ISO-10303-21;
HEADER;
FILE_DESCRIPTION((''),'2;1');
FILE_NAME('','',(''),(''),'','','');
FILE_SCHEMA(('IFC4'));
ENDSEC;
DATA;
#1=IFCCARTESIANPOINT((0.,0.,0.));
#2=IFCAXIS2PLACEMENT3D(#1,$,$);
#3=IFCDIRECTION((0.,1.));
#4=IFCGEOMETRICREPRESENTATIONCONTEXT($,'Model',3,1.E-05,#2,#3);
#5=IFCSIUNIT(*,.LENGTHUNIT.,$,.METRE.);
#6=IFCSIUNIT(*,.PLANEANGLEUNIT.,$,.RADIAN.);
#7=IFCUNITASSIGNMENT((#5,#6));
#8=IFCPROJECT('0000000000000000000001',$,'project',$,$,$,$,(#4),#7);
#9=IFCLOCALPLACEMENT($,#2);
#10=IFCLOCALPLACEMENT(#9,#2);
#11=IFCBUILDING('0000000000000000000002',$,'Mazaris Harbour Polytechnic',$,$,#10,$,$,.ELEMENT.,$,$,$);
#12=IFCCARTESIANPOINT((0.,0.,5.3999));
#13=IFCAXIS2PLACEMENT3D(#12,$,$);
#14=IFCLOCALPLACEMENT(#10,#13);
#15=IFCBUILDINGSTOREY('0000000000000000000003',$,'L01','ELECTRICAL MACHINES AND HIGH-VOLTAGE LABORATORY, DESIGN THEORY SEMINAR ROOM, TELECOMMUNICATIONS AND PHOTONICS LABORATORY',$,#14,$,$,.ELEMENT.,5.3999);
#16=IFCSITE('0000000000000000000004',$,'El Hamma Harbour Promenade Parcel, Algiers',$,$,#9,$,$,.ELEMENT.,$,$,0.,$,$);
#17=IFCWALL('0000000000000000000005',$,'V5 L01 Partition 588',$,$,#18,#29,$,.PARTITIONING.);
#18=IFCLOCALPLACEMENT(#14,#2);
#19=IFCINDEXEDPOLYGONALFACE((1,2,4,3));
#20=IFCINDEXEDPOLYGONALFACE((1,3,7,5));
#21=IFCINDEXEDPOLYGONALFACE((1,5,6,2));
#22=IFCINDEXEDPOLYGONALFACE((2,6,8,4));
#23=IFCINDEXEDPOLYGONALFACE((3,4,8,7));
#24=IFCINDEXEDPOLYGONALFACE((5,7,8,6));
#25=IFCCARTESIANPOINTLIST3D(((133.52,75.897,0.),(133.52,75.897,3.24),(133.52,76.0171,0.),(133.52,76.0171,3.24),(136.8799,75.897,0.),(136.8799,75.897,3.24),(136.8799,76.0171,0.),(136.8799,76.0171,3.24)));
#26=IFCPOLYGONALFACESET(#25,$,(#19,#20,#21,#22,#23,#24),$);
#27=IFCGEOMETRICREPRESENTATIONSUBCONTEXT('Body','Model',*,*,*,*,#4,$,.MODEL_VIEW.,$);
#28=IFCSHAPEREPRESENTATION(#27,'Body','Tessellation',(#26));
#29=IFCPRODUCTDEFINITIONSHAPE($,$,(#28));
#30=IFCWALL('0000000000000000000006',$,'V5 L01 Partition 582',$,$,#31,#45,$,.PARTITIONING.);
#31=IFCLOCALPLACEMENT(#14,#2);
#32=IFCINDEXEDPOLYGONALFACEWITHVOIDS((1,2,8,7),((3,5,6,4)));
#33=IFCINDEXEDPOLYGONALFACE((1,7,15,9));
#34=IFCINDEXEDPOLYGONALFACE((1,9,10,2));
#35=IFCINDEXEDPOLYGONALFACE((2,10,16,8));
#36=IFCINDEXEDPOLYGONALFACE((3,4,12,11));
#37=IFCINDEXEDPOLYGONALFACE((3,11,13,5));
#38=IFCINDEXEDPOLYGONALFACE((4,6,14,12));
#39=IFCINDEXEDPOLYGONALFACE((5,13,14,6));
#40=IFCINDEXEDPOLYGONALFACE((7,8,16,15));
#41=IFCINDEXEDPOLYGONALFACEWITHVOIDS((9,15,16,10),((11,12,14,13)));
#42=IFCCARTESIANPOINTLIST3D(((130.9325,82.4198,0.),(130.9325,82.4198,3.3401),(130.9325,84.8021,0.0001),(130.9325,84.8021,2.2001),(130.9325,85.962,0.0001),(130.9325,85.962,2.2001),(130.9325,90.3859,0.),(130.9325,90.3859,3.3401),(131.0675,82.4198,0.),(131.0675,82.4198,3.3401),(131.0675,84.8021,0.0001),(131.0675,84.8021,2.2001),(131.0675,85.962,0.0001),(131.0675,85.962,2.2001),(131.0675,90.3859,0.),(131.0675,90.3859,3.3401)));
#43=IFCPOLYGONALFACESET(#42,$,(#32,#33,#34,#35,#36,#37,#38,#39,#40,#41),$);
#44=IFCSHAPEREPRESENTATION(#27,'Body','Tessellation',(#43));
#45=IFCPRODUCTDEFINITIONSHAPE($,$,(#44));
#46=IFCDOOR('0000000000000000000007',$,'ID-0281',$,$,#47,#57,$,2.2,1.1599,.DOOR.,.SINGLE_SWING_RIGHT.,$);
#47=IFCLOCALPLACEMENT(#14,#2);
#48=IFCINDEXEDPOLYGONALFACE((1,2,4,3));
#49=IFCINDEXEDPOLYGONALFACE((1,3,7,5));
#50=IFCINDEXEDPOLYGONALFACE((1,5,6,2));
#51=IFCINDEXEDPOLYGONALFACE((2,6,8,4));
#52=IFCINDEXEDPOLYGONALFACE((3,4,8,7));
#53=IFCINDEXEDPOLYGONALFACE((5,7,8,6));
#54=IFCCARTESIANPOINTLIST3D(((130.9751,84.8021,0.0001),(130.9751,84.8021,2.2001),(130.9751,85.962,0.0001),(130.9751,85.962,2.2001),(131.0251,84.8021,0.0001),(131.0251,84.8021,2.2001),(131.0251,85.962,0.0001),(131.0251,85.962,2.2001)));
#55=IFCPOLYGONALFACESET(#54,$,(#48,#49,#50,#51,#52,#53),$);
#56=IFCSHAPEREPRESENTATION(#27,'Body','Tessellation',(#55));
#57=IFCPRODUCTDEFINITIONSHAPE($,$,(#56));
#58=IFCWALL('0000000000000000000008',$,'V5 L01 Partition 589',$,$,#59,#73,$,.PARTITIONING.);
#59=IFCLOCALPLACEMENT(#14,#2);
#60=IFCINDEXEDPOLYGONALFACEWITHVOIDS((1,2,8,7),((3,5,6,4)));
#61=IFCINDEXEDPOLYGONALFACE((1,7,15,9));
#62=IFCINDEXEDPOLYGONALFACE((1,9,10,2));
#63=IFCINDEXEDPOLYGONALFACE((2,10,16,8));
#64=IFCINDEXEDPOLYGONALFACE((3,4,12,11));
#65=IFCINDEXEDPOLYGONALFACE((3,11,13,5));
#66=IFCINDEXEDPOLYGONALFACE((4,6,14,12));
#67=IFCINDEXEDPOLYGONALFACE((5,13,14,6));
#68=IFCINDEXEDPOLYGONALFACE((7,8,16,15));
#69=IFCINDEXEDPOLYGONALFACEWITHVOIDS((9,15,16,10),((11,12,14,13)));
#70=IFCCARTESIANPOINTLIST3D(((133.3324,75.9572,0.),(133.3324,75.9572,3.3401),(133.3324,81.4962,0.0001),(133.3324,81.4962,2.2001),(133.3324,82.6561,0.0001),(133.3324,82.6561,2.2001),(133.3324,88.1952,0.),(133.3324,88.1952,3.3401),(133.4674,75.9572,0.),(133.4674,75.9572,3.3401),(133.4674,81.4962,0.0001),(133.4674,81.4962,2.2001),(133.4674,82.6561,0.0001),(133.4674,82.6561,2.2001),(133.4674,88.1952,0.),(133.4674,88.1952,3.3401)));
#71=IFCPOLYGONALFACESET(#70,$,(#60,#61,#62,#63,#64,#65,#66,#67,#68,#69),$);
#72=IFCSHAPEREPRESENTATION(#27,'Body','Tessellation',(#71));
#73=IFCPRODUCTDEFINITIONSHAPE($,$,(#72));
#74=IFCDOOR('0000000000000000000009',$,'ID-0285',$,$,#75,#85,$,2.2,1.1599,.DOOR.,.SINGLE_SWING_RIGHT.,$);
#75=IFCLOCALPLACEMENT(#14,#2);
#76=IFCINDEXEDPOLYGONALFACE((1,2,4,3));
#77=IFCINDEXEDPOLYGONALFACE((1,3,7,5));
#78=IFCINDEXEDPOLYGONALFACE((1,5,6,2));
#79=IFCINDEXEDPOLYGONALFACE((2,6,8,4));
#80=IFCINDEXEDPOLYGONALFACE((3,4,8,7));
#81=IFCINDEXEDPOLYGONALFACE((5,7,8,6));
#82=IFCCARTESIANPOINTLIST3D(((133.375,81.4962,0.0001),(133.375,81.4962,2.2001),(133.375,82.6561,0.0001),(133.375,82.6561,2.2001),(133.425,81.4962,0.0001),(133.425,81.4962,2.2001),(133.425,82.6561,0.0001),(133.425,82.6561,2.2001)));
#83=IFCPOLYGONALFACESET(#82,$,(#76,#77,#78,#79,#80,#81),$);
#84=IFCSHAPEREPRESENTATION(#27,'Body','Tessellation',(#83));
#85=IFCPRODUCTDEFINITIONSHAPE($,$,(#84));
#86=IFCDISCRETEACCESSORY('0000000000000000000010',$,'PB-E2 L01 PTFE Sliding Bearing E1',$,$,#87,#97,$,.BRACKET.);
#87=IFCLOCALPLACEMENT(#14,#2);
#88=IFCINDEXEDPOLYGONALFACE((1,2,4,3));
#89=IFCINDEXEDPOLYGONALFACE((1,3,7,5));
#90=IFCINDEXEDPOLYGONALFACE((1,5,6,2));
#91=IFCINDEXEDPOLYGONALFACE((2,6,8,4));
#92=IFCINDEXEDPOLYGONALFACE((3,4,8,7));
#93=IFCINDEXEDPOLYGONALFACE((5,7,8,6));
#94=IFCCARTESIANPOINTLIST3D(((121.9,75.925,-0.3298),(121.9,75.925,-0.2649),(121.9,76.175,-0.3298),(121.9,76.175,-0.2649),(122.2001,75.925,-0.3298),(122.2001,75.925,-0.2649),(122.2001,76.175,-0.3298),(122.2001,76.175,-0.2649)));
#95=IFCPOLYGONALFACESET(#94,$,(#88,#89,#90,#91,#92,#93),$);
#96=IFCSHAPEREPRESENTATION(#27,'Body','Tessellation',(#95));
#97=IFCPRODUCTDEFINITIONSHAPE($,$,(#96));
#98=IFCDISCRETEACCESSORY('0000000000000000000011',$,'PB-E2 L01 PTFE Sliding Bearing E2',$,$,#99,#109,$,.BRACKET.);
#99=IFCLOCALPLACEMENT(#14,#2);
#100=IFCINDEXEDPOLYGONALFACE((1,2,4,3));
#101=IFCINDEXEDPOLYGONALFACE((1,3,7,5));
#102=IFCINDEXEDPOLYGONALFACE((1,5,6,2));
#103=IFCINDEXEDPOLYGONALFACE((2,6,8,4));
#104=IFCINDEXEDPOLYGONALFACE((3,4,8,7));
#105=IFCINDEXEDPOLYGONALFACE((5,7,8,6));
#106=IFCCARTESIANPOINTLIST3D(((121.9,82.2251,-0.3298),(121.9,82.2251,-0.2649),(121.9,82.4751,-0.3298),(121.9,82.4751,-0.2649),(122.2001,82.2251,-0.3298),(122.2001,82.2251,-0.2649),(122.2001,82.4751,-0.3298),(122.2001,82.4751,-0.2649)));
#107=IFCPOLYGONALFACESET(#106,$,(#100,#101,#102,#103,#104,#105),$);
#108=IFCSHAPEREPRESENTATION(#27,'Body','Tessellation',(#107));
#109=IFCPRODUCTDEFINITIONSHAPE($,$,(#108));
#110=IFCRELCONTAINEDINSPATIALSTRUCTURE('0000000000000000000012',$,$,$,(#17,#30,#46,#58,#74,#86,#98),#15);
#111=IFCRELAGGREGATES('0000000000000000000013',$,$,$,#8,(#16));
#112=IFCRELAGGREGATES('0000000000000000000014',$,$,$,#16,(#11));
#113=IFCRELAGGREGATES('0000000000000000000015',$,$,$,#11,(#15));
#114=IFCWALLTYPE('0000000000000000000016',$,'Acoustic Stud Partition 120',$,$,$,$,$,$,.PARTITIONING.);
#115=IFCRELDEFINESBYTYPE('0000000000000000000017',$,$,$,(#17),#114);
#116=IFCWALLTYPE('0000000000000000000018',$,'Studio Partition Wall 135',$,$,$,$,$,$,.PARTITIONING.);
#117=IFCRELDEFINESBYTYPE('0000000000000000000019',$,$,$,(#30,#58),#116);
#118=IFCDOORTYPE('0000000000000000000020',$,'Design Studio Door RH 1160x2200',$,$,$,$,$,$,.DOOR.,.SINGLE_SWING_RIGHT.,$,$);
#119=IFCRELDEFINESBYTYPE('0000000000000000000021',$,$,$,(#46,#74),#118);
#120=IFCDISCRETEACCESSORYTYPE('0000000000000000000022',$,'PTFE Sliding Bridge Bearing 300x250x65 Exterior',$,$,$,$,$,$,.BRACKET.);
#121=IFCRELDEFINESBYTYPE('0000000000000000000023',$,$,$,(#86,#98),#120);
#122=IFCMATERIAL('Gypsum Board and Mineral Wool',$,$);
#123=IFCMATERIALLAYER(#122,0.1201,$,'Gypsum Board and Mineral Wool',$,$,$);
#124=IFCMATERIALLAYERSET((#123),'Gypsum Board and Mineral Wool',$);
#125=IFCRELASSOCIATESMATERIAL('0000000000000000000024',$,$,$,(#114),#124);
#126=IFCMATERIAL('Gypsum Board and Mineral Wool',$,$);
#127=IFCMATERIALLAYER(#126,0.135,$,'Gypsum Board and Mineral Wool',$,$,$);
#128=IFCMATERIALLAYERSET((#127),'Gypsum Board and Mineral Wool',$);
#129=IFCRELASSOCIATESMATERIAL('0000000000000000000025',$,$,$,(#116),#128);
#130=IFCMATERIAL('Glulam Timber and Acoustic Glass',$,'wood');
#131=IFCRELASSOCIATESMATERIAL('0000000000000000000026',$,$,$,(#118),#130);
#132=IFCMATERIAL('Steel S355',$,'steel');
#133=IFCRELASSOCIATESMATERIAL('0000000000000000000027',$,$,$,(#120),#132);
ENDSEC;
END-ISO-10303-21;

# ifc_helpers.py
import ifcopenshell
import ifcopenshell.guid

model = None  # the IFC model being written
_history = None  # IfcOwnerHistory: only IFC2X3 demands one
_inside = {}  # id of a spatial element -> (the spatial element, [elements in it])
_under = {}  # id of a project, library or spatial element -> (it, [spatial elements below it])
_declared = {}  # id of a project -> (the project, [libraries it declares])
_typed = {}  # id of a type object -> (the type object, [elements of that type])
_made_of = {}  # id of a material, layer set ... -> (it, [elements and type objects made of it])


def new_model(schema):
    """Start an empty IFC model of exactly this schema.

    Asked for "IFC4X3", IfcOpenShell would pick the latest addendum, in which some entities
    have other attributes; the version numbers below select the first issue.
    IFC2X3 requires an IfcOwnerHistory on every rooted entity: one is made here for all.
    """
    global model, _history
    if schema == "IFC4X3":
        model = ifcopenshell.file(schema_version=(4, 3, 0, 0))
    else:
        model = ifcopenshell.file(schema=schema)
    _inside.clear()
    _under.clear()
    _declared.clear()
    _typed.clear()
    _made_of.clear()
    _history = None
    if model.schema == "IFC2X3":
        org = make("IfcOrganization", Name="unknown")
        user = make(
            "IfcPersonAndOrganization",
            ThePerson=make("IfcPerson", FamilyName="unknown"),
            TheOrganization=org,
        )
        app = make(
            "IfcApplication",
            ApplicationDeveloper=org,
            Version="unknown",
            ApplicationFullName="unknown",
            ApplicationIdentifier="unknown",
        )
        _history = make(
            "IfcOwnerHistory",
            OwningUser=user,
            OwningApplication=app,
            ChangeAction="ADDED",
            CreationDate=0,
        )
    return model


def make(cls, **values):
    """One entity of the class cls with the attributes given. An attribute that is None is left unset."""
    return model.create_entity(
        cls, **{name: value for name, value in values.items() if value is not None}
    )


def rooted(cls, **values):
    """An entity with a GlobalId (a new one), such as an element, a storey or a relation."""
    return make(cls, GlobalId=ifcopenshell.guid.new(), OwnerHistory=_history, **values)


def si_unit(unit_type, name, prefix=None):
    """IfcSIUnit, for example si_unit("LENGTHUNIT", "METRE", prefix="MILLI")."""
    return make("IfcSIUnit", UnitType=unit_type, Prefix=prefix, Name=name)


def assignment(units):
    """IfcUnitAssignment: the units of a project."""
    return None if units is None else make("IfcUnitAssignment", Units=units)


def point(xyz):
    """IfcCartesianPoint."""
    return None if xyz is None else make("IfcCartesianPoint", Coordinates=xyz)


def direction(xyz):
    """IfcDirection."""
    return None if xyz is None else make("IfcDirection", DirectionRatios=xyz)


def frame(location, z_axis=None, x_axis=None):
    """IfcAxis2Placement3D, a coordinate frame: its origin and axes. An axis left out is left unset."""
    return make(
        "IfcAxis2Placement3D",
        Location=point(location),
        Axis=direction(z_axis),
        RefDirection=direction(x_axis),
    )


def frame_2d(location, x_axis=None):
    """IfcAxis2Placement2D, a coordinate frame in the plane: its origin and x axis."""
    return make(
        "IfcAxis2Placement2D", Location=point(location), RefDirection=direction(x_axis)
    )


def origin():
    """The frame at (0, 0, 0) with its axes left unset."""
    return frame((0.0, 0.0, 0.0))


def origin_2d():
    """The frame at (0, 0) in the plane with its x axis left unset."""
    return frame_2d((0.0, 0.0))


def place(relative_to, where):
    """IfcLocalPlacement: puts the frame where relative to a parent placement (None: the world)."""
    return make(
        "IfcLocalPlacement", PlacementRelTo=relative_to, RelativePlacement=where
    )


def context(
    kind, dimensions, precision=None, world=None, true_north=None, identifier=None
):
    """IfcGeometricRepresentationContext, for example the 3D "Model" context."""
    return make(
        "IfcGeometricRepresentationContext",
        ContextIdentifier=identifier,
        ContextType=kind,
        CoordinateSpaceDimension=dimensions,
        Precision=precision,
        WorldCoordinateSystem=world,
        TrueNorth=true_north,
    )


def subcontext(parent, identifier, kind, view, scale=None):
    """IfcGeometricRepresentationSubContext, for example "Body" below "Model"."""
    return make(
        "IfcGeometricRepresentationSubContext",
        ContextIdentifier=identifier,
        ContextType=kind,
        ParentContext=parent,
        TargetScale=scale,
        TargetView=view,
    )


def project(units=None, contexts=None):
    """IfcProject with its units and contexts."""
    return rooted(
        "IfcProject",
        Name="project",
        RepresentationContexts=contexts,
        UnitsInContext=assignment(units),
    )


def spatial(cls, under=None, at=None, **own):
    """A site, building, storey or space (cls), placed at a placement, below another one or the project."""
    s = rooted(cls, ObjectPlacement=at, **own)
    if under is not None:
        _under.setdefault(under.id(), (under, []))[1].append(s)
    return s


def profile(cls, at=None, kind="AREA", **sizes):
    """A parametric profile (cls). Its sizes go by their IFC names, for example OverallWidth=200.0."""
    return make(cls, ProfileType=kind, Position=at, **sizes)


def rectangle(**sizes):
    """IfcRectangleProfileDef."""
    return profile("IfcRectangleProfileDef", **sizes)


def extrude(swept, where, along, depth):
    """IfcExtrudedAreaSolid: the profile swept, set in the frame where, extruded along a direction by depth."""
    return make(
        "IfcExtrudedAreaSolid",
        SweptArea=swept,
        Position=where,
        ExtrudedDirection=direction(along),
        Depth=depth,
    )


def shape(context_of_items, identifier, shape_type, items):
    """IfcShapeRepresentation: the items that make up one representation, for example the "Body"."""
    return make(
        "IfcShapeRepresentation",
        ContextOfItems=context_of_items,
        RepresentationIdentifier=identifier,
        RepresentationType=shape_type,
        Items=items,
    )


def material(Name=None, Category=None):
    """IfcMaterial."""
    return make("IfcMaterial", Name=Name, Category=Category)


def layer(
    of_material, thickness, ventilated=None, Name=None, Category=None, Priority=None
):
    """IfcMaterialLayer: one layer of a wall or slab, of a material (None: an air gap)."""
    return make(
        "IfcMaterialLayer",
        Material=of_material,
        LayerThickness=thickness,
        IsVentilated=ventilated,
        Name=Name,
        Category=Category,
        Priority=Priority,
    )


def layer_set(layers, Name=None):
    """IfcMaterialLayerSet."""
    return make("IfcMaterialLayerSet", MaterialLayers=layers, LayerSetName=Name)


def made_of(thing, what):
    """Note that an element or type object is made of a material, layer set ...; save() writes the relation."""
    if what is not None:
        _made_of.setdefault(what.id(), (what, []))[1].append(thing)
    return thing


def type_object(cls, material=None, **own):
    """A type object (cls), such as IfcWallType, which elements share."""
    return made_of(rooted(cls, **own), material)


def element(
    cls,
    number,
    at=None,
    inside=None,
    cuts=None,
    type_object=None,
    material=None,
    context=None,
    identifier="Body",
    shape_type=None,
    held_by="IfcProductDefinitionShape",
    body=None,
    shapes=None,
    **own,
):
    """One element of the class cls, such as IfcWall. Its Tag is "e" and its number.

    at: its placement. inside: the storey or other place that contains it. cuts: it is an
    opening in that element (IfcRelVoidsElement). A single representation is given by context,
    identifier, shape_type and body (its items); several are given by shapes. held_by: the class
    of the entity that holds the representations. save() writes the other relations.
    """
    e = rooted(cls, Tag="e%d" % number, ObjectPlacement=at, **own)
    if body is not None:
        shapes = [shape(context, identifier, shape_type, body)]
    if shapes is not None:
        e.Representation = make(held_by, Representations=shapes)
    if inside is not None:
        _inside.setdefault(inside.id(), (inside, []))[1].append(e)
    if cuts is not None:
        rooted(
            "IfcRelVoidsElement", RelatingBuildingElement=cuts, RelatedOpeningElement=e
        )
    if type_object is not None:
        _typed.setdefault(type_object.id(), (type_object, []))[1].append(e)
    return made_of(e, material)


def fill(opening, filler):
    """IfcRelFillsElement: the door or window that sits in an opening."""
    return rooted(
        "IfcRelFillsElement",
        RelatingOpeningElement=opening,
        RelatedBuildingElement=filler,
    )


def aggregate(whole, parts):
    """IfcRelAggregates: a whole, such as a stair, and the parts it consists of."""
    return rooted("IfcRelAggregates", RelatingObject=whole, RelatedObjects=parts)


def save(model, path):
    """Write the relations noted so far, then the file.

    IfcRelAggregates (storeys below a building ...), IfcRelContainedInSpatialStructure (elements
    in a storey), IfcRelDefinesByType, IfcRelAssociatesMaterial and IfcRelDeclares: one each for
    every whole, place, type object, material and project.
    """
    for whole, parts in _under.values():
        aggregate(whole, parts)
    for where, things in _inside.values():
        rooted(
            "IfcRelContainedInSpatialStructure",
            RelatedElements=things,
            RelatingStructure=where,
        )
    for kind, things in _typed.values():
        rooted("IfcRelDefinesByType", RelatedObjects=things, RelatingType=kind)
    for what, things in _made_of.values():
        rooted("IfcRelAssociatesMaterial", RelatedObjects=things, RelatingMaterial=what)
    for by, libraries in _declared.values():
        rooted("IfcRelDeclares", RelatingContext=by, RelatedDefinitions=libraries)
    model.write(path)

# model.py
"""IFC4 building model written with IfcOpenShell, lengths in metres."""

from ifc_helpers import new_model, si_unit, direction, frame, frame_2d, origin, origin_2d, place, context, subcontext, project, spatial, rectangle, extrude, material, layer, layer_set, type_object, element, fill, save


model = new_model("IFC4")

# Units and contexts
model_context = context("Model", 3, precision=1e-05, world=origin(), true_north=direction((0.0, 1.0)))
body_context = subcontext(model_context, "Body", "Model", "MODEL_VIEW")
ifc_project = project(units=[si_unit("LENGTHUNIT", "METRE"), si_unit("PLANEANGLEUNIT", "RADIAN")], contexts=[model_context])

# Site, building, storey
site_placement = place(None, origin())
site = spatial("IfcSite", under=ifc_project, at=site_placement, Name="El Hamma Harbour Promenade Parcel, Algiers", CompositionType="ELEMENT", RefElevation=0.0)
building_placement = place(site_placement, origin())
building = spatial("IfcBuilding", under=site, at=building_placement, Name="Mazaris Harbour Polytechnic", CompositionType="ELEMENT")
storey_placement = place(building_placement, frame((0.0, 0.0, 5.3999)))
storey = spatial("IfcBuildingStorey", under=building, at=storey_placement, Name="L01", Description="ELECTRICAL MACHINES AND HIGH-VOLTAGE LABORATORY, DESIGN THEORY SEMINAR ROOM, TELECOMMUNICATIONS AND PHOTONICS LABORATORY", CompositionType="ELEMENT", Elevation=5.3999)

# Wall
ifc_material_1 = material(Name="Gypsum Board and Mineral Wool")
ifc_layer_1 = layer(ifc_material_1, 0.1201, Name="Gypsum Board and Mineral Wool")
ifc_layer_set_1 = layer_set([ifc_layer_1], Name="Gypsum Board and Mineral Wool")
wall_type_1 = type_object("IfcWallType", Name="Acoustic Stud Partition 120", PredefinedType="PARTITIONING", material=ifc_layer_set_1)
wall_1_placement = place(storey_placement, frame((133.52, 75.957, 0.0), z_axis=(0.0, 0.0, 1.0), x_axis=(1.0, 0.0, 0.0)))
element("IfcWall", 1, at=wall_1_placement, inside=storey, type_object=wall_type_1, Name="V5 L01 Partition 588", PredefinedType="PARTITIONING", context=body_context, shape_type="SweptSolid", body=[
    extrude(rectangle(XDim=3.3599, YDim=0.1201, at=frame_2d((1.6799, 0.0))), origin(), (0.0, 0.0, 1.0), 3.24),
])

# Walls, openings, doors
ifc_material_2 = material(Name="Gypsum Board and Mineral Wool")
ifc_layer_2 = layer(ifc_material_2, 0.135, Name="Gypsum Board and Mineral Wool")
ifc_layer_set_2 = layer_set([ifc_layer_2], Name="Gypsum Board and Mineral Wool")
wall_type_2 = type_object("IfcWallType", Name="Studio Partition Wall 135", PredefinedType="PARTITIONING", material=ifc_layer_set_2)
wall_2_placement = place(storey_placement, frame((131.0, 82.4199, 0.0), z_axis=(0.0, 0.0, 1.0), x_axis=(0.0, 1.0, 0.0)))
wall_2 = element("IfcWall", 2, at=wall_2_placement, inside=storey, type_object=wall_type_2, Name="V5 L01 Partition 582", PredefinedType="PARTITIONING", context=body_context, shape_type="SweptSolid", body=[
    extrude(rectangle(XDim=7.9661, YDim=0.135, at=frame_2d((3.9829, 0.0))), origin(), (0.0, 0.0, 1.0), 3.3401),
])
opening_1_placement = place(wall_2_placement, frame((2.3821, 0.0, 0.0)))
opening_1 = element("IfcOpeningElement", 3, at=opening_1_placement, cuts=wall_2, PredefinedType="OPENING", context=body_context, shape_type="SweptSolid", body=[
    extrude(rectangle(XDim=1.1599, YDim=2.2, at=frame_2d((0.5801, 1.1001))), frame((0.0, 0.0774, 0.0), z_axis=(0.0, -1.0, 0.0), x_axis=(1.0, 0.0, 0.0)), (0.0, 0.0, 1.0), 0.155),
])
ifc_material_3 = material(Name="Glulam Timber and Acoustic Glass", Category="wood")
door_type = type_object("IfcDoorType", Name="Design Studio Door RH 1160x2200", OperationType="SINGLE_SWING_RIGHT", PredefinedType="DOOR", material=ifc_material_3)
door_1_placement = place(opening_1_placement, origin())
door_1 = element("IfcDoor", 4, at=door_1_placement, inside=storey, type_object=door_type, Name="ID-0281", OperationType="SINGLE_SWING_RIGHT", OverallHeight=2.2, OverallWidth=1.1599, PredefinedType="DOOR", context=body_context, shape_type="SweptSolid", body=[
    extrude(rectangle(XDim=1.1599, YDim=2.2, at=frame_2d((0.5801, 1.1001))), frame((0.0, 0.0249, 0.0), z_axis=(0.0, -1.0, 0.0), x_axis=(1.0, 0.0, 0.0)), (0.0, 0.0, 1.0), 0.05),
])
fill(opening_1, door_1)
wall_3_placement = place(storey_placement, frame((133.3999, 75.957, 0.0), z_axis=(0.0, 0.0, 1.0), x_axis=(0.0, 1.0, 0.0)))
wall_3 = element("IfcWall", 5, at=wall_3_placement, inside=storey, type_object=wall_type_2, Name="V5 L01 Partition 589", PredefinedType="PARTITIONING", context=body_context, shape_type="SweptSolid", body=[
    extrude(rectangle(XDim=12.238, YDim=0.135, at=frame_2d((6.1191, 0.0))), origin(), (0.0, 0.0, 1.0), 3.3401),
])
opening_2_placement = place(wall_3_placement, frame((5.5391, 0.0, 0.0)))
opening_2 = element("IfcOpeningElement", 6, at=opening_2_placement, cuts=wall_3, PredefinedType="OPENING", context=body_context, shape_type="SweptSolid", body=[
    extrude(rectangle(XDim=1.1599, YDim=2.2, at=frame_2d((0.5801, 1.1001))), frame((0.0, 0.0774, 0.0), z_axis=(0.0, -1.0, 0.0), x_axis=(1.0, 0.0, 0.0)), (0.0, 0.0, 1.0), 0.155),
])
door_2_placement = place(opening_2_placement, origin())
door_2 = element("IfcDoor", 7, at=door_2_placement, inside=storey, type_object=door_type, Name="ID-0285", OperationType="SINGLE_SWING_RIGHT", OverallHeight=2.2, OverallWidth=1.1599, PredefinedType="DOOR", context=body_context, shape_type="SweptSolid", body=[
    extrude(rectangle(XDim=1.1599, YDim=2.2, at=frame_2d((0.5801, 1.1001))), frame((0.0, 0.0249, 0.0), z_axis=(0.0, -1.0, 0.0), x_axis=(1.0, 0.0, 0.0)), (0.0, 0.0, 1.0), 0.05),
])
fill(opening_2, door_2)

# Discrete accessories
ifc_material_4 = material(Name="Steel S355", Category="steel")
discrete_accessory_type = type_object("IfcDiscreteAccessoryType", Name="PTFE Sliding Bridge Bearing 300x250x65 Exterior", PredefinedType="BRACKET", material=ifc_material_4)
for number, where, z_axis, x_axis, name in (
    (8, (122.05, 76.05, -0.3298), (0.0, 0.0, 1.0), (1.0, 0.0, 0.0), "PB-E2 L01 PTFE Sliding Bearing E1"),
    (9, (122.05, 82.3501, -0.3298), (0.0, 0.0, 1.0), (1.0, 0.0, 0.0), "PB-E2 L01 PTFE Sliding Bearing E2"),
):
    element("IfcDiscreteAccessory", number, at=place(storey_placement, frame(where, z_axis=z_axis, x_axis=x_axis)), inside=storey, type_object=discrete_accessory_type, Name=name, PredefinedType="BRACKET", context=body_context, shape_type="SweptSolid", body=[
        extrude(rectangle(XDim=0.3, YDim=0.25, at=origin_2d()), origin(), (0.0, 0.0, 1.0), 0.0649),
    ])

save(model, "model.ifc")
